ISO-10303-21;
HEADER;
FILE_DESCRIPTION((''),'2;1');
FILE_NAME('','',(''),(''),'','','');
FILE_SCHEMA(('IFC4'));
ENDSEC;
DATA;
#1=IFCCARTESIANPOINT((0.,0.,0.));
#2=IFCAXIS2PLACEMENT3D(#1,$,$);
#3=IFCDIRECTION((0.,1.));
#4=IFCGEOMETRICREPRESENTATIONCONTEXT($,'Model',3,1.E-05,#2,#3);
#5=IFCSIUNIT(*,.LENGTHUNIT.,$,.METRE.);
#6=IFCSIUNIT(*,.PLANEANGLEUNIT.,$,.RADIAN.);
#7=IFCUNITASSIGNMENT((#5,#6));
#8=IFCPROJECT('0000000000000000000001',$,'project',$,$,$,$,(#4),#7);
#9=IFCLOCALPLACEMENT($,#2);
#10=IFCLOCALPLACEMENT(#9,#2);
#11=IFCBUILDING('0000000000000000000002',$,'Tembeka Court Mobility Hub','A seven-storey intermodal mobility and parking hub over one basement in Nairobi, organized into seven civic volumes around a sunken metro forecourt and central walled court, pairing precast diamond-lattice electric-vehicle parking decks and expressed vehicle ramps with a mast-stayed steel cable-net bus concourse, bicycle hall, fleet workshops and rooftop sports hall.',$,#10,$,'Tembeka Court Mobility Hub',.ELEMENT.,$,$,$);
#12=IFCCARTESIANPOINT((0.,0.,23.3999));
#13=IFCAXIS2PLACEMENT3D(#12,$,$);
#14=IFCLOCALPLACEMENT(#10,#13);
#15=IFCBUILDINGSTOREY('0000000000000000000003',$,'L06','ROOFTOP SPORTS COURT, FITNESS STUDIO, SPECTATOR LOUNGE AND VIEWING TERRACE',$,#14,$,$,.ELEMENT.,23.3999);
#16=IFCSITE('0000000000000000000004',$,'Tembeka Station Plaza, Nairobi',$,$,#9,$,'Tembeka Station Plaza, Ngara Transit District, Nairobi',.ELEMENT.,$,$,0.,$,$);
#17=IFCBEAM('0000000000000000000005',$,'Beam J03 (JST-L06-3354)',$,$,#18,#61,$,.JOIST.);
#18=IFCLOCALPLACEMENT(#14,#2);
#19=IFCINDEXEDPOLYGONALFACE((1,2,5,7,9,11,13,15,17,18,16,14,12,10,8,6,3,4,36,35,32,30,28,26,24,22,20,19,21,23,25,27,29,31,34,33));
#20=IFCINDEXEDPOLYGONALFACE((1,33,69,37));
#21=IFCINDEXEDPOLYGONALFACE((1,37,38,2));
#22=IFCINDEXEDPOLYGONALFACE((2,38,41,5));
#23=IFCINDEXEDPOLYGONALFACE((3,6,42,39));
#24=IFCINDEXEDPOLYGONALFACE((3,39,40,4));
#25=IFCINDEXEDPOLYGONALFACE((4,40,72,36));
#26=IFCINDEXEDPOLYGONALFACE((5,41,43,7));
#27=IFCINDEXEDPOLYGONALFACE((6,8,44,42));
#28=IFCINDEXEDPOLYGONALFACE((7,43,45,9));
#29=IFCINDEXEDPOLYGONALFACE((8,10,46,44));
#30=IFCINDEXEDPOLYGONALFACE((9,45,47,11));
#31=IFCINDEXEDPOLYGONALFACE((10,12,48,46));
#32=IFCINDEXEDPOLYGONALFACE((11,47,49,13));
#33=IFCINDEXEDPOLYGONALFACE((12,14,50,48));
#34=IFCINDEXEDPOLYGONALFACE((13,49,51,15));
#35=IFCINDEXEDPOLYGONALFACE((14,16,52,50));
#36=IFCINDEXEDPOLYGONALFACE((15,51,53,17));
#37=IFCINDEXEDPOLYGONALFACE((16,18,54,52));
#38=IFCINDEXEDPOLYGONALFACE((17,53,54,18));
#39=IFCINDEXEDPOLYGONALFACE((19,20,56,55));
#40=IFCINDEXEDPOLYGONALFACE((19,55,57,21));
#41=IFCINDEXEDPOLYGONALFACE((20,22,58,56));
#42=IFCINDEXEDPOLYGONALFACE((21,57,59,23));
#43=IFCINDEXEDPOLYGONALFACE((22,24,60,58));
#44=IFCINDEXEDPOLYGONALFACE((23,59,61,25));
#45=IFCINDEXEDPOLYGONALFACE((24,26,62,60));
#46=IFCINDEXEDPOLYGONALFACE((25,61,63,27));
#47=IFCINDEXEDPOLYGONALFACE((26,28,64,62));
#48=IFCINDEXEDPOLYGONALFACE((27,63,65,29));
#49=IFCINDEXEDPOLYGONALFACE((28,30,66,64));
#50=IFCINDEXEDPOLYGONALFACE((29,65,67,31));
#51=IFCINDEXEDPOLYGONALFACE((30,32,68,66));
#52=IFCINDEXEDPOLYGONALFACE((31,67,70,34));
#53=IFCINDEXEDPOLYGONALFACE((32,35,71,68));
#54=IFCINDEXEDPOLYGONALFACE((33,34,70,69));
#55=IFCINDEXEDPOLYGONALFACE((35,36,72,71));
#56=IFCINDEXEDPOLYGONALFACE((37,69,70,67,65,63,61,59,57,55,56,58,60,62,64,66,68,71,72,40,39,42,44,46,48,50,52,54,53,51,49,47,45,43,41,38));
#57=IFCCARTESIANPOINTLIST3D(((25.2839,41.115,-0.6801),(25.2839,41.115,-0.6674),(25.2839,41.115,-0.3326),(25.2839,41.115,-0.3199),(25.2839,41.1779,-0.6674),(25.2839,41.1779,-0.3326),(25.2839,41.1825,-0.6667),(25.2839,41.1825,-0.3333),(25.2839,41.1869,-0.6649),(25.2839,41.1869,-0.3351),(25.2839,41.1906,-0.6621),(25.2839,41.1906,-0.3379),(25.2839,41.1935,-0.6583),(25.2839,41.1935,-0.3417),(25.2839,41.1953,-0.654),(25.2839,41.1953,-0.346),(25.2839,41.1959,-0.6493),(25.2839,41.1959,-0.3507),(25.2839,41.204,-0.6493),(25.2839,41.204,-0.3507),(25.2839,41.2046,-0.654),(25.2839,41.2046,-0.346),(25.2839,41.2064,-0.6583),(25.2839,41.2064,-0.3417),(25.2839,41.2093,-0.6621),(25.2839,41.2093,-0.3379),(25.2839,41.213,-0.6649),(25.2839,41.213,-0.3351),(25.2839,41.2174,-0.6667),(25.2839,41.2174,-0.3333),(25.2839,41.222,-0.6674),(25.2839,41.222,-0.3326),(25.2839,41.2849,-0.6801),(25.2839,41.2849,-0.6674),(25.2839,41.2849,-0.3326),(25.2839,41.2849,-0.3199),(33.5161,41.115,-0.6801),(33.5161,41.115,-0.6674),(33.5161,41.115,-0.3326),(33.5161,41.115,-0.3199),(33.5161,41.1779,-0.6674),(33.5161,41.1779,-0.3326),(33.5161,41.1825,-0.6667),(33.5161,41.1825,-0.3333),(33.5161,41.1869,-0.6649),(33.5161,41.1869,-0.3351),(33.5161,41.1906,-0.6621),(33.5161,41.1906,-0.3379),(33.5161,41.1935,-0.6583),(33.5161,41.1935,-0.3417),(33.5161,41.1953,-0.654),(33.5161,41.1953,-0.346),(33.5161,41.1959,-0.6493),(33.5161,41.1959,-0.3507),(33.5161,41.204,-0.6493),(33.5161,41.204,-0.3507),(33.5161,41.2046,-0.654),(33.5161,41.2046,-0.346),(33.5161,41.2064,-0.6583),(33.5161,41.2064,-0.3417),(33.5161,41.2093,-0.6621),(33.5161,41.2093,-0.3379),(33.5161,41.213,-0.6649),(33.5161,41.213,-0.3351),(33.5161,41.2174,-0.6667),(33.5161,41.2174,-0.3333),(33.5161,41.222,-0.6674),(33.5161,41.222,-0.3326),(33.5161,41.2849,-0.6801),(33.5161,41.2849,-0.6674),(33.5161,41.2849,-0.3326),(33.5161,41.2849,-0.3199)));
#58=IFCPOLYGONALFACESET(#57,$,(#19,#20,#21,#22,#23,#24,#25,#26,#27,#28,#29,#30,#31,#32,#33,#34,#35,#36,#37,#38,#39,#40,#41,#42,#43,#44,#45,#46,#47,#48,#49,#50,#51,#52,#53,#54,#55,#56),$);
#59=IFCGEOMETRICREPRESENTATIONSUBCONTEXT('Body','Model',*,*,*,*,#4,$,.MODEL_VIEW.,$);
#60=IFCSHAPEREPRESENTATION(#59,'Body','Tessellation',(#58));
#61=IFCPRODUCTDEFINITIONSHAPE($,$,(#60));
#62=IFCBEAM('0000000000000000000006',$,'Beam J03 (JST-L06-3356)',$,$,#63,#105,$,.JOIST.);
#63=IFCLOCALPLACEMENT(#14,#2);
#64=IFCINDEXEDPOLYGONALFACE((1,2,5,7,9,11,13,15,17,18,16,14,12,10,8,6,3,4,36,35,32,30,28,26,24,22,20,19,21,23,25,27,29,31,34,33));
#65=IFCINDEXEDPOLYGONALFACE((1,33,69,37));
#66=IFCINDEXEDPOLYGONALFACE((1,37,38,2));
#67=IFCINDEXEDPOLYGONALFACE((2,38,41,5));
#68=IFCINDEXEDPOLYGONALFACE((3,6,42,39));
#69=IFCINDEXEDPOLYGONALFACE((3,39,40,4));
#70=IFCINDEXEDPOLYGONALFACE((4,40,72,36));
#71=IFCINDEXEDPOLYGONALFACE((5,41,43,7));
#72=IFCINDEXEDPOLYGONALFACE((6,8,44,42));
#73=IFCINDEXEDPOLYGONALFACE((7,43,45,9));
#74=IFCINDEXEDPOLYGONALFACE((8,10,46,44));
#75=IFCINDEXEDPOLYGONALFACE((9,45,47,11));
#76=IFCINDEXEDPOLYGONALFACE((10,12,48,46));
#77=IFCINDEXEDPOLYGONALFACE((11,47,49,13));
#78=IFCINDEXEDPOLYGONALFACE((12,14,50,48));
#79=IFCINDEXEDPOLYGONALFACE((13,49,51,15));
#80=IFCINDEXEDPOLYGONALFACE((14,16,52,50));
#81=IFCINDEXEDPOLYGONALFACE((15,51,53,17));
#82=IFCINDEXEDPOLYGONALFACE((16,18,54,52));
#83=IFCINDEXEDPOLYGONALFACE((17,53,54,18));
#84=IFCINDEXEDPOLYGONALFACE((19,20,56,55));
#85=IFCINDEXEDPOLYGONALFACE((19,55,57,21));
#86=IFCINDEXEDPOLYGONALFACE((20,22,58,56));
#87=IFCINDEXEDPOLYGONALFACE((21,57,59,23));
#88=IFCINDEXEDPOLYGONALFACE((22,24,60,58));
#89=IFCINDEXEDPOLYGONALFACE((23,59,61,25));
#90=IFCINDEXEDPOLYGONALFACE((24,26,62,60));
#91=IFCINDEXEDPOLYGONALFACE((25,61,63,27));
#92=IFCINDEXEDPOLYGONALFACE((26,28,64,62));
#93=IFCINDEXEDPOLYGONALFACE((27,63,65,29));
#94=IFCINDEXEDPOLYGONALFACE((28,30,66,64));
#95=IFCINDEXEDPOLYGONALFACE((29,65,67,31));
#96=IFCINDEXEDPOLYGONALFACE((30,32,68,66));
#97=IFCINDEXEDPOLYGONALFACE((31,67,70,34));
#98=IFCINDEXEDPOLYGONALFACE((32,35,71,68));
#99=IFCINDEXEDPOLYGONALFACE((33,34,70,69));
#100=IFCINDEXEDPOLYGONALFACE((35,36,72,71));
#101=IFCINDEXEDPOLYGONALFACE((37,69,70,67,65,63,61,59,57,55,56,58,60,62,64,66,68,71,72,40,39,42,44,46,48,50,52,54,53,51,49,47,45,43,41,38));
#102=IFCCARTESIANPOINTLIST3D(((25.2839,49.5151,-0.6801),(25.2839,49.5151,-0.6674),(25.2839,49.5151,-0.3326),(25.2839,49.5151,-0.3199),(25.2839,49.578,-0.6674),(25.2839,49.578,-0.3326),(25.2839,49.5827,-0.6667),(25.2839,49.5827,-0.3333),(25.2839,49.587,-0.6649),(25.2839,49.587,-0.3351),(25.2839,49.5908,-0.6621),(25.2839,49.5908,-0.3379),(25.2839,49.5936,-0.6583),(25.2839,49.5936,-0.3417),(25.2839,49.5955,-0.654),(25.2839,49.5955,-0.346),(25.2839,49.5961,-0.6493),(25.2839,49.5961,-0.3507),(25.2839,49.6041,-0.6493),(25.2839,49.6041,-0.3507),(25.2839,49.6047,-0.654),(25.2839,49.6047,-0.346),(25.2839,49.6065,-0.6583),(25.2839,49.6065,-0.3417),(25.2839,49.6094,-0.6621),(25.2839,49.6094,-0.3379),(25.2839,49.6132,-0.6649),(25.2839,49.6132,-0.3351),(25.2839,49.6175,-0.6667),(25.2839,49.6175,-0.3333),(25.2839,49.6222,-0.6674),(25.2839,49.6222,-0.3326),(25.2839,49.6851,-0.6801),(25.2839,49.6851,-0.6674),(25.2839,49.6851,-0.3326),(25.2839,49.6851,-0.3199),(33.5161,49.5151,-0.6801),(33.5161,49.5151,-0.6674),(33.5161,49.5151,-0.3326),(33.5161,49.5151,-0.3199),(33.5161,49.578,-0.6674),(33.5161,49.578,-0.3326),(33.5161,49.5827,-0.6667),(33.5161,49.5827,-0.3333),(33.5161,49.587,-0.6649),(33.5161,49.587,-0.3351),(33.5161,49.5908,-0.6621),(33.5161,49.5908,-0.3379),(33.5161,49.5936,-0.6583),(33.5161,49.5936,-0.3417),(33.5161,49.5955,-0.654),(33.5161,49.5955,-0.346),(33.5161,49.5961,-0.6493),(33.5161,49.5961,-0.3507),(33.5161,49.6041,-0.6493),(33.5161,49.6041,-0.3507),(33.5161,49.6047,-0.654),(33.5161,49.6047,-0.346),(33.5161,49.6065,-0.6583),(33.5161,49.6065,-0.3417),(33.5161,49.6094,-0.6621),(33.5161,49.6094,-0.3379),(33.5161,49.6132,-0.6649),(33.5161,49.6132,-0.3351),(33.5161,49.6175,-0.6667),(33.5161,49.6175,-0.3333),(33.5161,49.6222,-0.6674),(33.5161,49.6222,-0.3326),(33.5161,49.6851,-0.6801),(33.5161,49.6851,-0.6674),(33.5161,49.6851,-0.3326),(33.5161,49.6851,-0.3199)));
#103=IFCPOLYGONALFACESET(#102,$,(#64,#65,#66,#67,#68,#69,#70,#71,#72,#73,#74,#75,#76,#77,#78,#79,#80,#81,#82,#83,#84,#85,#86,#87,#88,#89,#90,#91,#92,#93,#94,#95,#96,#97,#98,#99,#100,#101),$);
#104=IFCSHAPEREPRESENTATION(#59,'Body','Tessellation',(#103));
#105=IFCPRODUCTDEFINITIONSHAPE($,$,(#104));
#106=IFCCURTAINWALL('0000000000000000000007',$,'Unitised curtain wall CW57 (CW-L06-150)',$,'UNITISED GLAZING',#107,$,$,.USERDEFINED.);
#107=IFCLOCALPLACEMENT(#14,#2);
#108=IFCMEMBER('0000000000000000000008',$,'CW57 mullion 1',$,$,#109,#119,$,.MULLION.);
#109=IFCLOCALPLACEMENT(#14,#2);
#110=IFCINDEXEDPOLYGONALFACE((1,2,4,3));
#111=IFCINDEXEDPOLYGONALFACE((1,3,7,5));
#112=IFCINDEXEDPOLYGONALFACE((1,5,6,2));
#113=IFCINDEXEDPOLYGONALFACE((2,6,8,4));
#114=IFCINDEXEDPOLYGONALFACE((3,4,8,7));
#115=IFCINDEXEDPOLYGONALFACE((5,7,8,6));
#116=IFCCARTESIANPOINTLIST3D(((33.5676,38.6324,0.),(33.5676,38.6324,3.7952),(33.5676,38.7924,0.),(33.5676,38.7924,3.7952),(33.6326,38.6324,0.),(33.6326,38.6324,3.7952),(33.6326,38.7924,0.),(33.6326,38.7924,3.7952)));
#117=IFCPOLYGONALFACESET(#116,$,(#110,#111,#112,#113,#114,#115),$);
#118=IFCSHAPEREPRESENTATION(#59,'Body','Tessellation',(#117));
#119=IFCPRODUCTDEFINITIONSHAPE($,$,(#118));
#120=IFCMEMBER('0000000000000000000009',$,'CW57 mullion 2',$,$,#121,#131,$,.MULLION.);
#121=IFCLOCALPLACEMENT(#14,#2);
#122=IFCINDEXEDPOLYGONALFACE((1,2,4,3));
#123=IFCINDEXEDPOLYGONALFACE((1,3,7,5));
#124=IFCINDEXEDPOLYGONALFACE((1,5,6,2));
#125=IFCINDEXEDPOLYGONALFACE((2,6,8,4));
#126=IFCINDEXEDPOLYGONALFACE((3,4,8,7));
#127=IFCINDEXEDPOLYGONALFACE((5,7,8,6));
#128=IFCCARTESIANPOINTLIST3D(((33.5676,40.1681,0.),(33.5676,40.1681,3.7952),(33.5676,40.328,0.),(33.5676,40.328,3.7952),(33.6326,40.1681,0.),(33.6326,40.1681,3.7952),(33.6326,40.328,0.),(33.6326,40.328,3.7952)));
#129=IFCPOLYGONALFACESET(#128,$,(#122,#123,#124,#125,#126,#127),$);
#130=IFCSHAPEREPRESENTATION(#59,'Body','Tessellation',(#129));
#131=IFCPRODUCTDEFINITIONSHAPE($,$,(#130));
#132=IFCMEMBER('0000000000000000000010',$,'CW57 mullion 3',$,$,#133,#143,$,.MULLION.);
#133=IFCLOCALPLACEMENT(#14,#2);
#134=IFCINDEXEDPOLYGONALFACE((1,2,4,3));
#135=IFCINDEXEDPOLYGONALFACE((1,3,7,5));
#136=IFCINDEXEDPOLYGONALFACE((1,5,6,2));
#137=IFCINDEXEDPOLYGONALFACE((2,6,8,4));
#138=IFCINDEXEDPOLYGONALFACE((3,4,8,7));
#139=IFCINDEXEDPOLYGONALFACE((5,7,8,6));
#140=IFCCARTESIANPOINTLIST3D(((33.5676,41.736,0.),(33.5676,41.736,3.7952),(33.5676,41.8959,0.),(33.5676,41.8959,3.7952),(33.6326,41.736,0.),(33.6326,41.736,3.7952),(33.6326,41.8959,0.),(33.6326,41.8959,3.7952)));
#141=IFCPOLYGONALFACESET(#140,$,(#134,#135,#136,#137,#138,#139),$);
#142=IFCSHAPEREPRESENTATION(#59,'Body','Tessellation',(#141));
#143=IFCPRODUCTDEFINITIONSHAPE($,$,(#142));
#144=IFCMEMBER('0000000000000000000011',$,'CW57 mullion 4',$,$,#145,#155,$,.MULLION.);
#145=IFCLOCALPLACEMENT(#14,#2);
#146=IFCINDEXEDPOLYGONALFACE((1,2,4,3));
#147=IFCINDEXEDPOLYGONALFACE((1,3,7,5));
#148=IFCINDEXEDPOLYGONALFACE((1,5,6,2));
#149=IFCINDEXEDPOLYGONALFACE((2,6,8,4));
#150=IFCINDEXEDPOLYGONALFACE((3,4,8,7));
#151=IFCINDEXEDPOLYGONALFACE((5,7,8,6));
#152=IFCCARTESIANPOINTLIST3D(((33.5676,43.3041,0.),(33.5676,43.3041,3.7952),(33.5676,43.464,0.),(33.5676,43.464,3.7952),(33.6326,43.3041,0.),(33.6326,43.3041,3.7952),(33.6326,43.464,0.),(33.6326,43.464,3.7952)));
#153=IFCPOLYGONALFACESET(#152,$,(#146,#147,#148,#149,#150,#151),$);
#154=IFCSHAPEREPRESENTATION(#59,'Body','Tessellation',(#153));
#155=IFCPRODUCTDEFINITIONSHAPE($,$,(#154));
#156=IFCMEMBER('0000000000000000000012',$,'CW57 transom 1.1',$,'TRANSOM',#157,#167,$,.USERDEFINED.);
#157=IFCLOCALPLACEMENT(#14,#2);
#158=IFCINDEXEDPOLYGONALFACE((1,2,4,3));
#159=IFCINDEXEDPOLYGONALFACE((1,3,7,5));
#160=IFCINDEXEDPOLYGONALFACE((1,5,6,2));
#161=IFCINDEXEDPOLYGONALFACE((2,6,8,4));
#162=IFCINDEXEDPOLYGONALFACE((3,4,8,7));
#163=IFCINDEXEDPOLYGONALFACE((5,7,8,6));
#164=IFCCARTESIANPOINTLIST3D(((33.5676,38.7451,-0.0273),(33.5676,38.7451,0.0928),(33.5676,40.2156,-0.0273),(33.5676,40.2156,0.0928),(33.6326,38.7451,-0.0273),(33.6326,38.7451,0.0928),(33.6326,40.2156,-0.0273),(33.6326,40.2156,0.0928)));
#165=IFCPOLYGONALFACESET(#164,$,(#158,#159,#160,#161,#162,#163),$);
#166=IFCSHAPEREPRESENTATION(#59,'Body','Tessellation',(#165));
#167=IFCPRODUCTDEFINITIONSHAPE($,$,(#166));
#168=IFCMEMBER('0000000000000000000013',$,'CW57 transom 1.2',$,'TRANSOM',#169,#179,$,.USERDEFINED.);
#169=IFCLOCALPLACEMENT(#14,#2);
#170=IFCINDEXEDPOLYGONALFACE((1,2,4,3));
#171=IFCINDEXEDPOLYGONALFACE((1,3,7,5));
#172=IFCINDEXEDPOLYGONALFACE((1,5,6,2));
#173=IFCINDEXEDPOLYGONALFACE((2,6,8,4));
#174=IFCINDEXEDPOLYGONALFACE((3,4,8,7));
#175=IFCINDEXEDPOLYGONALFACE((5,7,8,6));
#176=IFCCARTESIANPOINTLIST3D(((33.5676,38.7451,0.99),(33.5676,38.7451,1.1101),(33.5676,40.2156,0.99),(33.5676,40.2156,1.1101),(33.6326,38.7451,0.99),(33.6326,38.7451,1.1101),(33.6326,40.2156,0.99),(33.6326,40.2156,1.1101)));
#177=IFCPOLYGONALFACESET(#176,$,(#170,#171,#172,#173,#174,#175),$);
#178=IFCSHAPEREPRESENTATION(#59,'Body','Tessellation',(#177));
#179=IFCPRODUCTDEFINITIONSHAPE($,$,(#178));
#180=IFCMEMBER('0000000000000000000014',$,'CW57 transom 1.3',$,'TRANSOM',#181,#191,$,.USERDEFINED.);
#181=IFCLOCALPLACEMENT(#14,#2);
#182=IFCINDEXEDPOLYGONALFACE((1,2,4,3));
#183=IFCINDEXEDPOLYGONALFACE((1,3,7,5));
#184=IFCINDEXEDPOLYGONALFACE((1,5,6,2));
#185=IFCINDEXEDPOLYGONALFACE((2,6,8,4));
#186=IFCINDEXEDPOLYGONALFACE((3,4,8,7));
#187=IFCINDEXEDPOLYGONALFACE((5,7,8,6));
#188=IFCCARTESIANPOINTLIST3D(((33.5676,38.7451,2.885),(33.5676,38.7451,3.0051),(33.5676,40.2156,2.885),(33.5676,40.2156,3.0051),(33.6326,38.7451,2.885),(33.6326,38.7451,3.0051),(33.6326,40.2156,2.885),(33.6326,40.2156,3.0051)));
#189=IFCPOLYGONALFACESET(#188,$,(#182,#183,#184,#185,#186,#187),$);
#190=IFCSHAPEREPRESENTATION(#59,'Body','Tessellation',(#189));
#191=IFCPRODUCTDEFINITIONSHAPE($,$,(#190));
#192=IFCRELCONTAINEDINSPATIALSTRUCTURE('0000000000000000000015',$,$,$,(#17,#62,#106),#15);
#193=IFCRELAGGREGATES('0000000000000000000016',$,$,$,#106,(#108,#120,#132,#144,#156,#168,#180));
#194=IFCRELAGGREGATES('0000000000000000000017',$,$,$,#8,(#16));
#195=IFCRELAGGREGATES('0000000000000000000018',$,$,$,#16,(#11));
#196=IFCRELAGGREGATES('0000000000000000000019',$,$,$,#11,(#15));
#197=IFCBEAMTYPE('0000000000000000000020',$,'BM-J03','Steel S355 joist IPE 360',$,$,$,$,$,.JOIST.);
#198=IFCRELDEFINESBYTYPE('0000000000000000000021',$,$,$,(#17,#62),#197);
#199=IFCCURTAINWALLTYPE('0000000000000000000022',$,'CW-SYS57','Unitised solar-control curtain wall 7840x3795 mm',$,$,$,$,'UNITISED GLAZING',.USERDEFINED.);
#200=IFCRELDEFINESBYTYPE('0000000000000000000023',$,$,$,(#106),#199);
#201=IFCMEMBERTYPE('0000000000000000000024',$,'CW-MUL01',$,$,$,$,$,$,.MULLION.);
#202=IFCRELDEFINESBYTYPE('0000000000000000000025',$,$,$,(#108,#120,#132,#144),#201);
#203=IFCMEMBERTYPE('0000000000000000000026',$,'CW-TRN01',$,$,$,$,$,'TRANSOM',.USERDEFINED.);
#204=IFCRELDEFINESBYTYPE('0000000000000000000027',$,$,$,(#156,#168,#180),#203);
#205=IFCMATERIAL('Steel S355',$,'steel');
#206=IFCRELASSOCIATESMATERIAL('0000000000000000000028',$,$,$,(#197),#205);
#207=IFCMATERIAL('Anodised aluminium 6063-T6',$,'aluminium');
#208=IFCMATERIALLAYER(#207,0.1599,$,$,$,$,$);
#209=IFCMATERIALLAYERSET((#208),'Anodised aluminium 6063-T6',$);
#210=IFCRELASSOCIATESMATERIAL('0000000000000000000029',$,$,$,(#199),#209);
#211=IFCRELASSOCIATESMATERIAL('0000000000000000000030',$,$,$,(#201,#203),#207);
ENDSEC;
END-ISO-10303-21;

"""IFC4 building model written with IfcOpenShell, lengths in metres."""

from ifc_helpers import new_model, si_unit, direction, frame, origin, origin_2d, place, context, subcontext, project, spatial, rectangle, i_section, extrude, material, layer, layer_set, material_profile, profile_set, type_object, element, aggregate, save


model = new_model("IFC4")

# Units and contexts
model_context = context("Model", 3, precision=1e-05, world=origin(), true_north=direction((0.0, 1.0)))
body_context = subcontext(model_context, "Body", "Model", "MODEL_VIEW")
ifc_project = project(units=[si_unit("LENGTHUNIT", "METRE"), si_unit("PLANEANGLEUNIT", "RADIAN")], contexts=[model_context])

# Site, building, storey
site_placement = place(None, origin())
site = spatial("IfcSite", under=ifc_project, at=site_placement, Name="Tembeka Station Plaza, Nairobi", LongName="Tembeka Station Plaza, Ngara Transit District, Nairobi", CompositionType="ELEMENT", RefElevation=0.0)
building_placement = place(site_placement, origin())
building = spatial("IfcBuilding", under=site, at=building_placement, Name="Tembeka Court Mobility Hub", Description="A seven-storey intermodal mobility and parking hub over one basement in Nairobi, organized into seven civic volumes around a sunken metro forecourt and central walled court, pairing precast diamond-lattice electric-vehicle parking decks and expressed vehicle ramps with a mast-stayed steel cable-net bus concourse, bicycle hall, fleet workshops and rooftop sports hall.", LongName="Tembeka Court Mobility Hub", CompositionType="ELEMENT")
storey_placement = place(building_placement, frame((0.0, 0.0, 23.3999)))
storey = spatial("IfcBuildingStorey", under=building, at=storey_placement, Name="L06", Description="ROOFTOP SPORTS COURT, FITNESS STUDIO, SPECTATOR LOUNGE AND VIEWING TERRACE", CompositionType="ELEMENT", Elevation=23.3999)

# Beams
ifc_material_1 = material(Name="Steel S355", Category="steel")
ifc_material_profile_1 = material_profile(ifc_material_1, i_section(OverallWidth=0.1699, OverallDepth=0.3601, WebThickness=0.0081, FlangeThickness=0.0127, FilletRadius=0.0181, at=origin_2d()), Name="IPE 360")
ifc_profile_set_1 = profile_set([ifc_material_profile_1], Name="Steel S355")
beam_type_1 = type_object("IfcBeamType", Name="BM-J03", Description="Steel S355 joist IPE 360", PredefinedType="JOIST", material=ifc_profile_set_1)
for number, where, z_axis, x_axis, name in (
    (1, (25.2839, 41.2, -0.5), (1.0, 0.0, 0.0), (0.0, 1.0, 0.0), "Beam J03 (JST-L06-3354)"),
    (2, (25.2839, 49.6001, -0.5), (1.0, 0.0, 0.0), (0.0, 1.0, 0.0), "Beam J03 (JST-L06-3356)"),
):
    element("IfcBeam", number, at=place(storey_placement, frame(where, z_axis=z_axis, x_axis=x_axis)), inside=storey, type_object=beam_type_1, Name=name, PredefinedType="JOIST", context=body_context, shape_type="SweptSolid", body=[
        extrude(i_section(OverallWidth=0.1699, OverallDepth=0.3601, WebThickness=0.0081, FlangeThickness=0.0127, FilletRadius=0.0181, at=origin_2d()), origin(), (0.0, 0.0, 1.0), 8.2322),
    ])

# Curtain wall, members
ifc_material_2 = material(Name="Anodised aluminium 6063-T6", Category="aluminium")
ifc_layer_1 = layer(ifc_material_2, 0.1599)
ifc_layer_set_1 = layer_set([ifc_layer_1], Name="Anodised aluminium 6063-T6")
curtain_wall_type = type_object("IfcCurtainWallType", Name="CW-SYS57", Description="Unitised solar-control curtain wall 7840x3795 mm", ElementType="UNITISED GLAZING", PredefinedType="USERDEFINED", material=ifc_layer_set_1)
curtain_wall_placement = place(storey_placement, origin())
curtain_wall = element("IfcCurtainWall", 3, at=curtain_wall_placement, inside=storey, type_object=curtain_wall_type, Name="Unitised curtain wall CW57 (CW-L06-150)", ObjectType="UNITISED GLAZING", PredefinedType="USERDEFINED")
ifc_material_profile_2 = material_profile(ifc_material_2, rectangle(XDim=0.0649, YDim=0.1599, at=origin_2d()), Name="ALU-MUL 65x160")
ifc_profile_set_2 = profile_set([ifc_material_profile_2], Name="Anodised aluminium 6063-T6")
member_type_1 = type_object("IfcMemberType", Name="CW-MUL01", PredefinedType="MULLION", material=ifc_profile_set_2)
member_1_placement = place(storey_placement, frame((33.6001, 38.7124, 0.0), z_axis=(0.0, 0.0, 1.0), x_axis=(-1.0, 0.0, 0.0)))
member_1 = element("IfcMember", 4, at=member_1_placement, type_object=member_type_1, Name="CW57 mullion 1", PredefinedType="MULLION", context=body_context, shape_type="SweptSolid", body=[
    extrude(rectangle(XDim=0.0649, YDim=0.1599, at=origin_2d()), origin(), (0.0, 0.0, 1.0), 3.7952),
])
member_2_placement = place(storey_placement, frame((33.6001, 40.248, 0.0), z_axis=(0.0, 0.0, 1.0), x_axis=(-1.0, 0.0, 0.0)))
member_2 = element("IfcMember", 5, at=member_2_placement, type_object=member_type_1, Name="CW57 mullion 2", PredefinedType="MULLION", context=body_context, shape_type="SweptSolid", body=[
    extrude(rectangle(XDim=0.0649, YDim=0.1599, at=origin_2d()), origin(), (0.0, 0.0, 1.0), 3.7952),
])
member_3_placement = place(storey_placement, frame((33.6001, 41.8159, 0.0), z_axis=(0.0, 0.0, 1.0), x_axis=(-1.0, 0.0, 0.0)))
member_3 = element("IfcMember", 6, at=member_3_placement, type_object=member_type_1, Name="CW57 mullion 3", PredefinedType="MULLION", context=body_context, shape_type="SweptSolid", body=[
    extrude(rectangle(XDim=0.0649, YDim=0.1599, at=origin_2d()), origin(), (0.0, 0.0, 1.0), 3.7952),
])
member_4_placement = place(storey_placement, frame((33.6001, 43.384, 0.0), z_axis=(0.0, 0.0, 1.0), x_axis=(-1.0, 0.0, 0.0)))
member_4 = element("IfcMember", 7, at=member_4_placement, type_object=member_type_1, Name="CW57 mullion 4", PredefinedType="MULLION", context=body_context, shape_type="SweptSolid", body=[
    extrude(rectangle(XDim=0.0649, YDim=0.1599, at=origin_2d()), origin(), (0.0, 0.0, 1.0), 3.7952),
])
ifc_material_profile_3 = material_profile(ifc_material_2, rectangle(XDim=0.0649, YDim=0.1201, at=origin_2d()), Name="ALU-TRN 65x120")
ifc_profile_set_3 = profile_set([ifc_material_profile_3], Name="Anodised aluminium 6063-T6")
member_type_2 = type_object("IfcMemberType", Name="CW-TRN01", ElementType="TRANSOM", PredefinedType="USERDEFINED", material=ifc_profile_set_3)
member_5_placement = place(storey_placement, frame((33.6001, 38.7451, 0.0327), z_axis=(0.0, 1.0, 0.0), x_axis=(-1.0, 0.0, 0.0)))
member_5 = element("IfcMember", 8, at=member_5_placement, type_object=member_type_2, Name="CW57 transom 1.1", ObjectType="TRANSOM", PredefinedType="USERDEFINED", context=body_context, shape_type="SweptSolid", body=[
    extrude(rectangle(XDim=0.0649, YDim=0.1201, at=origin_2d()), origin(), (0.0, 0.0, 1.0), 1.4705),
])
member_6_placement = place(storey_placement, frame((33.6001, 38.7451, 1.05), z_axis=(0.0, 1.0, 0.0), x_axis=(-1.0, 0.0, 0.0)))
member_6 = element("IfcMember", 9, at=member_6_placement, type_object=member_type_2, Name="CW57 transom 1.2", ObjectType="TRANSOM", PredefinedType="USERDEFINED", context=body_context, shape_type="SweptSolid", body=[
    extrude(rectangle(XDim=0.0649, YDim=0.1201, at=origin_2d()), origin(), (0.0, 0.0, 1.0), 1.4705),
])
member_7_placement = place(storey_placement, frame((33.6001, 38.7451, 2.9451), z_axis=(0.0, 1.0, 0.0), x_axis=(-1.0, 0.0, 0.0)))
member_7 = element("IfcMember", 10, at=member_7_placement, type_object=member_type_2, Name="CW57 transom 1.3", ObjectType="TRANSOM", PredefinedType="USERDEFINED", context=body_context, shape_type="SweptSolid", body=[
    extrude(rectangle(XDim=0.0649, YDim=0.1201, at=origin_2d()), origin(), (0.0, 0.0, 1.0), 1.4705),
])
aggregate(curtain_wall, [member_1, member_2, member_3, member_4, member_5, member_6, member_7])

save(model, "model.ifc")
